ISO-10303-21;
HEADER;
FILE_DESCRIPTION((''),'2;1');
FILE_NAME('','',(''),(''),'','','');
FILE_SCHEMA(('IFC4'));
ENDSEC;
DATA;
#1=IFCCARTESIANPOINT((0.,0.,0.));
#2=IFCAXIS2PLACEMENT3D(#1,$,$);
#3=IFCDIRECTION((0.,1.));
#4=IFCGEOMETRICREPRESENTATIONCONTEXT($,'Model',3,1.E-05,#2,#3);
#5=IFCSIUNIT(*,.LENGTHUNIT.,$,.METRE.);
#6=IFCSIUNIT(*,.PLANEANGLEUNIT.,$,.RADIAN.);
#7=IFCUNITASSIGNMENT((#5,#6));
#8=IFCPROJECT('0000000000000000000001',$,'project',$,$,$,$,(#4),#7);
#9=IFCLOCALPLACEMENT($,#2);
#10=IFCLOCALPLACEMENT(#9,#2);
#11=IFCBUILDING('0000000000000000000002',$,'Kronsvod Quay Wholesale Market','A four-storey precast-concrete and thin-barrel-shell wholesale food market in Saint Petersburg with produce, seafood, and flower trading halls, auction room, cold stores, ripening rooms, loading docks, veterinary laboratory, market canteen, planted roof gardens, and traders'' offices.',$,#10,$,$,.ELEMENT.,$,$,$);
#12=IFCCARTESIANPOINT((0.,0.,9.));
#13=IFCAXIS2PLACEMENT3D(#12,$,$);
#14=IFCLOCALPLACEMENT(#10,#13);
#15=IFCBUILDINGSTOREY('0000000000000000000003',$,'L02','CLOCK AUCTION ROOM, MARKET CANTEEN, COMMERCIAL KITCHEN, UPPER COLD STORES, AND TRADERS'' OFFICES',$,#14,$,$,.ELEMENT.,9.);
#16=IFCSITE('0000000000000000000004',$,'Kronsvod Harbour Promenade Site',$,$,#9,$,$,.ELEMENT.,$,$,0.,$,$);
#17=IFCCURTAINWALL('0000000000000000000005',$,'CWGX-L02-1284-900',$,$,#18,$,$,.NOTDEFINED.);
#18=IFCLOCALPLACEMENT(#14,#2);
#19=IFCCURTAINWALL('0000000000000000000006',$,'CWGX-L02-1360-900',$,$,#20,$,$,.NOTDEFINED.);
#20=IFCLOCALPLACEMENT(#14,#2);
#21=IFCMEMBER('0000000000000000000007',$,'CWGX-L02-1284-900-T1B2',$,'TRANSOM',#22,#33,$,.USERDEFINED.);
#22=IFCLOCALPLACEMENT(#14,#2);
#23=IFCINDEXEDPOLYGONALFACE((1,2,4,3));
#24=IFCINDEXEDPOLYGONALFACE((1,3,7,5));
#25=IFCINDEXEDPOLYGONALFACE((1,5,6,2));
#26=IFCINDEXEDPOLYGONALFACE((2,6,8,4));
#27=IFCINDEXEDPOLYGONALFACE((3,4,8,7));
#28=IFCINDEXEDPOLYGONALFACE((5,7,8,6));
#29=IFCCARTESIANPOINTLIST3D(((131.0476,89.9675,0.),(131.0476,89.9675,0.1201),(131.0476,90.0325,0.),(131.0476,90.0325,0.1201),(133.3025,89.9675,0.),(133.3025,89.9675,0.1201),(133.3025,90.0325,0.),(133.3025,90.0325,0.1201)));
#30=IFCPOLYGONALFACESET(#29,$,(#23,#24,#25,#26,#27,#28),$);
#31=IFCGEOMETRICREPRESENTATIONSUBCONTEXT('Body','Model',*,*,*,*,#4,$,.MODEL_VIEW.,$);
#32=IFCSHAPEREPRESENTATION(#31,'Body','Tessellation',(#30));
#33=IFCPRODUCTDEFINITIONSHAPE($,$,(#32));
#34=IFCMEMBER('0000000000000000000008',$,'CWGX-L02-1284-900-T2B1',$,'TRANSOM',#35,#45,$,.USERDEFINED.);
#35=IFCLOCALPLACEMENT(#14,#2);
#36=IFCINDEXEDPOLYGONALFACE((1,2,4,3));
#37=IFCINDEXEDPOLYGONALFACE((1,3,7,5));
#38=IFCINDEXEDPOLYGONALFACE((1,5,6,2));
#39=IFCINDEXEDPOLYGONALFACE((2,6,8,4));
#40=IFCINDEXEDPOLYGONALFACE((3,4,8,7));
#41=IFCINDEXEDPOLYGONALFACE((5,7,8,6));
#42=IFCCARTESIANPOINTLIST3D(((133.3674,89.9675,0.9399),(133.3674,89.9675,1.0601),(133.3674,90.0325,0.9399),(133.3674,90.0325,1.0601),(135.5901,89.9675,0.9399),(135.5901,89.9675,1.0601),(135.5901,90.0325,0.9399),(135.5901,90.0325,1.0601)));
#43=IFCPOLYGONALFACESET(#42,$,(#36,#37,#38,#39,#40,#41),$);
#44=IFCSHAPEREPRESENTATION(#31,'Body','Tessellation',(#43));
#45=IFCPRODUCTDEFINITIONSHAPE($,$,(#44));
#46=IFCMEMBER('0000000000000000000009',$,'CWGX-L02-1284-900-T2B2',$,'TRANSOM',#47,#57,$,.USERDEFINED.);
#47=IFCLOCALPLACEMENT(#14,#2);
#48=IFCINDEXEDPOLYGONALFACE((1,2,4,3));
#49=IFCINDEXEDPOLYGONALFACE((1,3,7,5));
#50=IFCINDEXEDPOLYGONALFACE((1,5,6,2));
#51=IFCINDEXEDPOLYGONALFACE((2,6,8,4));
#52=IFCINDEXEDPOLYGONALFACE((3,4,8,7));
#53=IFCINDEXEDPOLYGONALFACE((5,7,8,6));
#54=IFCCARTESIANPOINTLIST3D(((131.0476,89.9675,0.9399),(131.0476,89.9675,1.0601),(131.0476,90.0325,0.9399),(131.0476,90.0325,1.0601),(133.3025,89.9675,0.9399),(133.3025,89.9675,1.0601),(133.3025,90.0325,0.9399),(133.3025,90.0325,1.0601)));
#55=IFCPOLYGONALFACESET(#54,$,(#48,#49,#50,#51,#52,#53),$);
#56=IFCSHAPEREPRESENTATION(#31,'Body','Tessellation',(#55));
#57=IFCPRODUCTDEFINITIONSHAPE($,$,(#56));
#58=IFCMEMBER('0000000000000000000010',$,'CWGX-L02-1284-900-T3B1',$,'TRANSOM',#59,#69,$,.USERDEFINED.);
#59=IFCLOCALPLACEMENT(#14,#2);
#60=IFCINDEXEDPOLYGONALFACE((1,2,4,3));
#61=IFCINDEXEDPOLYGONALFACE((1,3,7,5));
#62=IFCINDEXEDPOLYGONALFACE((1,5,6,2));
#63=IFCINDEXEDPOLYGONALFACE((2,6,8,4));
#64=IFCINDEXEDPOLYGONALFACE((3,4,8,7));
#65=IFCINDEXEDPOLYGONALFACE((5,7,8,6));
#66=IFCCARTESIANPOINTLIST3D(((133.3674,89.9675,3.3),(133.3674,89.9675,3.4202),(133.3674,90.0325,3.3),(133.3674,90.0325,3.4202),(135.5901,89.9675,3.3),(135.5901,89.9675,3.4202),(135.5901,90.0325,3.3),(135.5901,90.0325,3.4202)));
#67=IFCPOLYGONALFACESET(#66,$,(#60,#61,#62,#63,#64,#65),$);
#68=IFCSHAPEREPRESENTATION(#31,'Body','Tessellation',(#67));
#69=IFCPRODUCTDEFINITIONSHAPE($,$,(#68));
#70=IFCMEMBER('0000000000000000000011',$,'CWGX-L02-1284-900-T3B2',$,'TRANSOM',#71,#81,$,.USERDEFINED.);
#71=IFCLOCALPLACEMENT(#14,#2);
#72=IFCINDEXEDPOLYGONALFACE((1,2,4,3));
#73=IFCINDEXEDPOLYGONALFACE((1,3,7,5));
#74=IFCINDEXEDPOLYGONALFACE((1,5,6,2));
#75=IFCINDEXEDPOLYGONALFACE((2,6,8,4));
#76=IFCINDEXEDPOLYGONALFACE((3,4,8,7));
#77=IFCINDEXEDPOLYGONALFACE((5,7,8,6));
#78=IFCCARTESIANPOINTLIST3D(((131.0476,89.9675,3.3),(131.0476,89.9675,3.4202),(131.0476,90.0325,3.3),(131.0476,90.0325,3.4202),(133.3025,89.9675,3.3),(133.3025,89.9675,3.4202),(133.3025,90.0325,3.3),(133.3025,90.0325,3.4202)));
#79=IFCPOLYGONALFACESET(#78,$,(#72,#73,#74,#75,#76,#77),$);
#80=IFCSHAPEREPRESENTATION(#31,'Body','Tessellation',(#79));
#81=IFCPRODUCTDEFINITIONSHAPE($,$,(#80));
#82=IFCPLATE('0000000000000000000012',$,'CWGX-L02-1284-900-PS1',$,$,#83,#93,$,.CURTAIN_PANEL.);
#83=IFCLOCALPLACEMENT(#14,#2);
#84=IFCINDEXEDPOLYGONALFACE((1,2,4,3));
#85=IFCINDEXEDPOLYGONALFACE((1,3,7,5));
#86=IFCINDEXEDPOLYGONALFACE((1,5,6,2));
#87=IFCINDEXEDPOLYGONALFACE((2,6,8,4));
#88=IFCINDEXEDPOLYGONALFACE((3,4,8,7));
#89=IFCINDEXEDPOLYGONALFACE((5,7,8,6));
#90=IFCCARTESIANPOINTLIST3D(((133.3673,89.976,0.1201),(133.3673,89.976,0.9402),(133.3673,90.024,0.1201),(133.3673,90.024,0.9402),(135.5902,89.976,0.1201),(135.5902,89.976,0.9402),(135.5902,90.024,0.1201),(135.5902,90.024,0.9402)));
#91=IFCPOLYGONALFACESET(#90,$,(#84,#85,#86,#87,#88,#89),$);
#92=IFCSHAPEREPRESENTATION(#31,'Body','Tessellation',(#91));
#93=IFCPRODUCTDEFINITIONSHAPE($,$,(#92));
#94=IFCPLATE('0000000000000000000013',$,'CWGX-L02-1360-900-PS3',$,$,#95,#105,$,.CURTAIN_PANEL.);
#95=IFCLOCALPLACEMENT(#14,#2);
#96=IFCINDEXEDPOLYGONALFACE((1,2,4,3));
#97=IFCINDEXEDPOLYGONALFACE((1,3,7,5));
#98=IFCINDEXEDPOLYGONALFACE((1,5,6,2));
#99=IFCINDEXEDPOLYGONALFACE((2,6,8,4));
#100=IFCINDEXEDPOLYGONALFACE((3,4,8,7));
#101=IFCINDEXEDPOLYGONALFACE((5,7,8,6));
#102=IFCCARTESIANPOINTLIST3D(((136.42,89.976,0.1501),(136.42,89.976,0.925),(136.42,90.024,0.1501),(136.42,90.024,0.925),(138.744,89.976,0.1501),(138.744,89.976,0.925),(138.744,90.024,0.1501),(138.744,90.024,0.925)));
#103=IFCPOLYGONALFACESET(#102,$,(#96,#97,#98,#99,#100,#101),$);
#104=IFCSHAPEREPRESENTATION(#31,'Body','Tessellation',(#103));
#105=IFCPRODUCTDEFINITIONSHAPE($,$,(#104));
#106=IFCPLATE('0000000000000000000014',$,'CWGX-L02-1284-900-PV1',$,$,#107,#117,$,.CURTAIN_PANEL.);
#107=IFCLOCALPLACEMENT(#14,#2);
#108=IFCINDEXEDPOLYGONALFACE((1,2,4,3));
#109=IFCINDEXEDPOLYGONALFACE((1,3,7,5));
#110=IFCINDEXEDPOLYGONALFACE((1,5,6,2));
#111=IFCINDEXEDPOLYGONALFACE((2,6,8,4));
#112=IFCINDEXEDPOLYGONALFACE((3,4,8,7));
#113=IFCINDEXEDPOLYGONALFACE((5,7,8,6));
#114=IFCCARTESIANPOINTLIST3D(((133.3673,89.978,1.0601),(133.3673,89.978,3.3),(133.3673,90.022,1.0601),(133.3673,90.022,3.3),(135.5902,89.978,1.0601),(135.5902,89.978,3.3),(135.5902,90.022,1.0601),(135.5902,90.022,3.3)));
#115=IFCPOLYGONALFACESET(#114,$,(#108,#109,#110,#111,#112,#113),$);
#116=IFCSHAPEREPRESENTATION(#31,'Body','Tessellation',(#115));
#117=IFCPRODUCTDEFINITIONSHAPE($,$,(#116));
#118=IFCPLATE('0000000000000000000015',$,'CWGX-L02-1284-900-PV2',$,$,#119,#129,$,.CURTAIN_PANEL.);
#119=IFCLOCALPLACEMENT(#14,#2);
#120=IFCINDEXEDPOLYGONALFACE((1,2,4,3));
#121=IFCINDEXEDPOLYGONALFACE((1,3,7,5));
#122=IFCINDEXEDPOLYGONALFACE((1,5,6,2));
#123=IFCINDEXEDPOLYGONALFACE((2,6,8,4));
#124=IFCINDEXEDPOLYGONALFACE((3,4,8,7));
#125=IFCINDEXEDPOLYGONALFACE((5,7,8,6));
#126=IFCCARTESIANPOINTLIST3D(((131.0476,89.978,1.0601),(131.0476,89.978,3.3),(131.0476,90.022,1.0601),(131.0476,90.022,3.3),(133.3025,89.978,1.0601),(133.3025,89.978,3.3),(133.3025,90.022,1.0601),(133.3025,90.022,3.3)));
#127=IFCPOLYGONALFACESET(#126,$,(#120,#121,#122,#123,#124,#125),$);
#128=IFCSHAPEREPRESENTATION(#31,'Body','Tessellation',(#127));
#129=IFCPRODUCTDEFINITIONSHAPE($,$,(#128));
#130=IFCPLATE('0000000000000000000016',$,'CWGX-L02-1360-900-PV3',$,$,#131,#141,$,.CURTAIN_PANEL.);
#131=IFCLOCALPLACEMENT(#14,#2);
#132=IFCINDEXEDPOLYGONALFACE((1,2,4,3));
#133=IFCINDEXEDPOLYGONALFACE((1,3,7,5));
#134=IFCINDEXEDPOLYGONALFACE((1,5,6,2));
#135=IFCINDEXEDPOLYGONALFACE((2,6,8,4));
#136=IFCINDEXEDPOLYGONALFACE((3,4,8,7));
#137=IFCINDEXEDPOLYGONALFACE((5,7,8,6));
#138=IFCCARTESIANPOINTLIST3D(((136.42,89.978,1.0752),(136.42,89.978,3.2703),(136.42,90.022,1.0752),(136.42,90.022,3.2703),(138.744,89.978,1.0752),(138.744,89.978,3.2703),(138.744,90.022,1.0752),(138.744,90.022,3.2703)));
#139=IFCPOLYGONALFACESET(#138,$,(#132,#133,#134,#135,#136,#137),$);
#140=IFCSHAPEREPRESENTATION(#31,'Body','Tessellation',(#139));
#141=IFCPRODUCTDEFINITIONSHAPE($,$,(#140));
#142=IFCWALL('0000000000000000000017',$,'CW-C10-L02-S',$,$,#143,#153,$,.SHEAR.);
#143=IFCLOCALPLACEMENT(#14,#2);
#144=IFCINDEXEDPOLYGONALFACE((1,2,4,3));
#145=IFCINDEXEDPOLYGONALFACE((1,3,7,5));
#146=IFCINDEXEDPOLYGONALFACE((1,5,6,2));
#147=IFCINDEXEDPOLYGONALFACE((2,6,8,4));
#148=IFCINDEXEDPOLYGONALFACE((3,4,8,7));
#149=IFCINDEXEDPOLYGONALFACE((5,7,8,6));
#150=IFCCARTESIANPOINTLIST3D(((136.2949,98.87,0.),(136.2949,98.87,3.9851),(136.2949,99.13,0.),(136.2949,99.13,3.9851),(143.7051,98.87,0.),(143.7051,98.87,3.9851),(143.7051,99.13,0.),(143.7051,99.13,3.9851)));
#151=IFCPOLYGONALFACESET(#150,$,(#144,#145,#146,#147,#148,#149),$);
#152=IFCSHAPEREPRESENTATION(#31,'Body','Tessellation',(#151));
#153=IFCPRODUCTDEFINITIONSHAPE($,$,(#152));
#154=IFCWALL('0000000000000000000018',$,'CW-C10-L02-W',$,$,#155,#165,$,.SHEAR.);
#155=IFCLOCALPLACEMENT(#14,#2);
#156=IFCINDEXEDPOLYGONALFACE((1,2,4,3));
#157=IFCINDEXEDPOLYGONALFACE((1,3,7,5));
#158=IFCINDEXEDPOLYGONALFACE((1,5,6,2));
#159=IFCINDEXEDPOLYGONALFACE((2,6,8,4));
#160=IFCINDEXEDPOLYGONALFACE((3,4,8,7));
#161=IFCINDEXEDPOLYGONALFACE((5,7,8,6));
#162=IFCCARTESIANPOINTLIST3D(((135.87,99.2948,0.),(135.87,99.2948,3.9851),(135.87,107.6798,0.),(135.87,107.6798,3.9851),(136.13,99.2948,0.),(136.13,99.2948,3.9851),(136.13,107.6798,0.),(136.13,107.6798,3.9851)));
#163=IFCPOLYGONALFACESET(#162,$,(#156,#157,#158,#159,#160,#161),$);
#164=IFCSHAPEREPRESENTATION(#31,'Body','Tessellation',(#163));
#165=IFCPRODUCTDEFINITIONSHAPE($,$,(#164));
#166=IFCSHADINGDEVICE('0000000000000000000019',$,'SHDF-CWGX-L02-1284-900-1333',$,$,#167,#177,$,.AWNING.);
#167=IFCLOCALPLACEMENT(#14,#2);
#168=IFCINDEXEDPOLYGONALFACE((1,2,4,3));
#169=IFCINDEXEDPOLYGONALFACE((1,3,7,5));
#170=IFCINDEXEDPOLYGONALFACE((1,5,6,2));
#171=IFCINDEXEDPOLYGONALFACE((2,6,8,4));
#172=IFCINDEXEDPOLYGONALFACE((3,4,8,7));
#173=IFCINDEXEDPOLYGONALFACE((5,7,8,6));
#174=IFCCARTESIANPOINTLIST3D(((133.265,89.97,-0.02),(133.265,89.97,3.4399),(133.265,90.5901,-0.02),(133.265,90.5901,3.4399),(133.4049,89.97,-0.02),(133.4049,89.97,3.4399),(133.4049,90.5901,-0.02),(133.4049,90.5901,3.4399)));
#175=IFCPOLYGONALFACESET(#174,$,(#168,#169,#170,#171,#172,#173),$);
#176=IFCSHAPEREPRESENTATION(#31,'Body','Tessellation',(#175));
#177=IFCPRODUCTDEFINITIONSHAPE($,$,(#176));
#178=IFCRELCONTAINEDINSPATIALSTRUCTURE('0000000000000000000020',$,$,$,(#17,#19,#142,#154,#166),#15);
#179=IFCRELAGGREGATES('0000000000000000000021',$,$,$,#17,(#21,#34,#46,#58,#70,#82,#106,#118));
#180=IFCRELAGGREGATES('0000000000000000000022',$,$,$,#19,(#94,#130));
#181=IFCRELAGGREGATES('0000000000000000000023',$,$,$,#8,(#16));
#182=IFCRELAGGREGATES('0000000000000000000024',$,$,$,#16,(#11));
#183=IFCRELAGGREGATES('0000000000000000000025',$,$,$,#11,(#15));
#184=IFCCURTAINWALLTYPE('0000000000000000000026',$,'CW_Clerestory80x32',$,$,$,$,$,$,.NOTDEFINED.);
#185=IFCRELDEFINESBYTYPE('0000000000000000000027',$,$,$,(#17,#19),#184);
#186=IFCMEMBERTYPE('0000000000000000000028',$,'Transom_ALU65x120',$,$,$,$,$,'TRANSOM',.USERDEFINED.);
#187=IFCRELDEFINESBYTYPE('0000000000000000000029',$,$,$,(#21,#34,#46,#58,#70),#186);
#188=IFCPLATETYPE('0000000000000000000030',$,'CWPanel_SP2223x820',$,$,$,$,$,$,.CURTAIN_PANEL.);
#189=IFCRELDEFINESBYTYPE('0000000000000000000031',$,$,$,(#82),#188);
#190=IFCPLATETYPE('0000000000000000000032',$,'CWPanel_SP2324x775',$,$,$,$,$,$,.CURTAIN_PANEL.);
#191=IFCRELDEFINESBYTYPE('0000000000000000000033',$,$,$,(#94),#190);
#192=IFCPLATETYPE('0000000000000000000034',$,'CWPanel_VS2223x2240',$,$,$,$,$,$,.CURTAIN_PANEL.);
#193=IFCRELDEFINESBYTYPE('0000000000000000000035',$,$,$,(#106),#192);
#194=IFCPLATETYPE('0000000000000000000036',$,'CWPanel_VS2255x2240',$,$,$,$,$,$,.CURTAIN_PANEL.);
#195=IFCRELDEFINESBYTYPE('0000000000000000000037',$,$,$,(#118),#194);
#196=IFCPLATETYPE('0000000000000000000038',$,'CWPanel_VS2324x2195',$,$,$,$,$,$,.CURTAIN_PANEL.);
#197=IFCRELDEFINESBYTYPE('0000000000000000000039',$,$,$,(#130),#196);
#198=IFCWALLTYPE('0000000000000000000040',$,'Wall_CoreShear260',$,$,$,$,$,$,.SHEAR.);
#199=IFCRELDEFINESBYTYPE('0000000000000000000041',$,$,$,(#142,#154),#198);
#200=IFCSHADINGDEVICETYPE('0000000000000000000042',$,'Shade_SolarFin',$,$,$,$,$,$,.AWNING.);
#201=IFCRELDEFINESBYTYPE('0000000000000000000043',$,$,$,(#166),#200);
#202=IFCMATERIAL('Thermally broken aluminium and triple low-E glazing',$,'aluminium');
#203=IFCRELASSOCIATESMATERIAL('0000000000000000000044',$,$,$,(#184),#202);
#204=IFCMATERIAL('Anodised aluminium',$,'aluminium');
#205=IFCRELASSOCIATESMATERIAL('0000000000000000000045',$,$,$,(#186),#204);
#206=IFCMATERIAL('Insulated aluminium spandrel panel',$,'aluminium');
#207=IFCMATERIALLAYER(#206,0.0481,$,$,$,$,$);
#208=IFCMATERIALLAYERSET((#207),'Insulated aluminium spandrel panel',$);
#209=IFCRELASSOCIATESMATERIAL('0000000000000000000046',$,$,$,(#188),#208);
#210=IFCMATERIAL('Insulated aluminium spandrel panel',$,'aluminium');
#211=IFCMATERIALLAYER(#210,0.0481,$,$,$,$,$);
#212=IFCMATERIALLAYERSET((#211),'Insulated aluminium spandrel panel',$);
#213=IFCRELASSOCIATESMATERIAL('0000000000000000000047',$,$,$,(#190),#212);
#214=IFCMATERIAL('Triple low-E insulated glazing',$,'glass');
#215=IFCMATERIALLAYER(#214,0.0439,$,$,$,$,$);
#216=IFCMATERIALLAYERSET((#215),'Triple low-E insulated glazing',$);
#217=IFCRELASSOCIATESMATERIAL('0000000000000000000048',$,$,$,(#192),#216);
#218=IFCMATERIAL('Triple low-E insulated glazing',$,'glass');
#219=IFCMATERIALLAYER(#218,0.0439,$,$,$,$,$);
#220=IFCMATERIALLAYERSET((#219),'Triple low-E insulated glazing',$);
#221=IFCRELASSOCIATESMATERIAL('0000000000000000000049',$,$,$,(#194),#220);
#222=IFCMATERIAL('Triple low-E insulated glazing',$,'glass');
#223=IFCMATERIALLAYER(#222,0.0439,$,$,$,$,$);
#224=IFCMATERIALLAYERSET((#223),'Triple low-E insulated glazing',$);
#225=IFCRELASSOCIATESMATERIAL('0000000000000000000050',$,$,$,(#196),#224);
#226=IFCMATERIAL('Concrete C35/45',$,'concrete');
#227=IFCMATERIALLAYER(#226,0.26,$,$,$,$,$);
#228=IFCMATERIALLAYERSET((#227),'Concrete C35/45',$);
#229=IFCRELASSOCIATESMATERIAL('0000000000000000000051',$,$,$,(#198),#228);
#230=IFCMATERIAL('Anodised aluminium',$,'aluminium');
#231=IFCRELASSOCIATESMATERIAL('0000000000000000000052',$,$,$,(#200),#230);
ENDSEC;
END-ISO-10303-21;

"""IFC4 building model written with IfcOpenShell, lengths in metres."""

from ifc_helpers import new_model, si_unit, direction, frame, frame_2d, origin, origin_2d, place, context, subcontext, project, spatial, rectangle, extrude, material, layer, layer_set, material_profile, profile_set, type_object, element, aggregate, save


model = new_model("IFC4")

# Units and contexts
model_context = context("Model", 3, precision=1e-05, world=origin(), true_north=direction((0.0, 1.0)))
body_context = subcontext(model_context, "Body", "Model", "MODEL_VIEW")
ifc_project = project(units=[si_unit("LENGTHUNIT", "METRE"), si_unit("PLANEANGLEUNIT", "RADIAN")], contexts=[model_context])

# Site, building, storey
site_placement = place(None, origin())
site = spatial("IfcSite", under=ifc_project, at=site_placement, Name="Kronsvod Harbour Promenade Site", CompositionType="ELEMENT", RefElevation=0.0)
building_placement = place(site_placement, origin())
building = spatial("IfcBuilding", under=site, at=building_placement, Name="Kronsvod Quay Wholesale Market", Description="A four-storey precast-concrete and thin-barrel-shell wholesale food market in Saint Petersburg with produce, seafood, and flower trading halls, auction room, cold stores, ripening rooms, loading docks, veterinary laboratory, market canteen, planted roof gardens, and traders' offices.", CompositionType="ELEMENT")
storey_placement = place(building_placement, frame((0.0, 0.0, 9.0)))
storey = spatial("IfcBuildingStorey", under=building, at=storey_placement, Name="L02", Description="CLOCK AUCTION ROOM, MARKET CANTEEN, COMMERCIAL KITCHEN, UPPER COLD STORES, AND TRADERS' OFFICES", CompositionType="ELEMENT", Elevation=9.0)

# Curtain wall
ifc_material_1 = material(Name="Thermally broken aluminium and triple low-E glazing", Category="aluminium")
curtain_wall_type = type_object("IfcCurtainWallType", Name="CW_Clerestory80x32", PredefinedType="NOTDEFINED", material=ifc_material_1)
curtain_wall_1_placement = place(storey_placement, origin())
curtain_wall_1 = element("IfcCurtainWall", 1, at=curtain_wall_1_placement, inside=storey, type_object=curtain_wall_type, Name="CWGX-L02-1284-900", PredefinedType="NOTDEFINED")

# Curtain wall
curtain_wall_2_placement = place(storey_placement, origin())
curtain_wall_2 = element("IfcCurtainWall", 2, at=curtain_wall_2_placement, inside=storey, type_object=curtain_wall_type, Name="CWGX-L02-1360-900", PredefinedType="NOTDEFINED")

# Members
ifc_material_2 = material(Name="Anodised aluminium", Category="aluminium")
ifc_material_profile_1 = material_profile(ifc_material_2, rectangle(XDim=0.0649, YDim=0.1201, at=origin_2d()), Name="ALUT65x120")
ifc_profile_set_1 = profile_set([ifc_material_profile_1], Name="Anodised aluminium")
member_type_1 = type_object("IfcMemberType", Name="Transom_ALU65x120", ElementType="TRANSOM", PredefinedType="USERDEFINED", material=ifc_profile_set_1)
member_1_placement = place(storey_placement, frame((133.3025, 90.0, 0.0601), z_axis=(-1.0, 0.0, 0.0), x_axis=(0.0, -1.0, 0.0)))
member_1 = element("IfcMember", 3, at=member_1_placement, type_object=member_type_1, Name="CWGX-L02-1284-900-T1B2", ObjectType="TRANSOM", PredefinedType="USERDEFINED", context=body_context, shape_type="SweptSolid", body=[
    extrude(rectangle(XDim=0.0649, YDim=0.1201, at=origin_2d()), origin(), (0.0, 0.0, 1.0), 2.2549),
])
member_2_placement = place(storey_placement, frame((135.5901, 90.0, 1.0), z_axis=(-1.0, 0.0, 0.0), x_axis=(0.0, -1.0, 0.0)))
member_2 = element("IfcMember", 4, at=member_2_placement, type_object=member_type_1, Name="CWGX-L02-1284-900-T2B1", ObjectType="TRANSOM", PredefinedType="USERDEFINED", context=body_context, shape_type="SweptSolid", body=[
    extrude(rectangle(XDim=0.0649, YDim=0.1201, at=origin_2d()), origin(), (0.0, 0.0, 1.0), 2.2227),
])
member_3_placement = place(storey_placement, frame((133.3025, 90.0, 1.0), z_axis=(-1.0, 0.0, 0.0), x_axis=(0.0, -1.0, 0.0)))
member_3 = element("IfcMember", 5, at=member_3_placement, type_object=member_type_1, Name="CWGX-L02-1284-900-T2B2", ObjectType="TRANSOM", PredefinedType="USERDEFINED", context=body_context, shape_type="SweptSolid", body=[
    extrude(rectangle(XDim=0.0649, YDim=0.1201, at=origin_2d()), origin(), (0.0, 0.0, 1.0), 2.2549),
])
member_4_placement = place(storey_placement, frame((135.5901, 90.0, 3.3601), z_axis=(-1.0, 0.0, 0.0), x_axis=(0.0, -1.0, 0.0)))
member_4 = element("IfcMember", 6, at=member_4_placement, type_object=member_type_1, Name="CWGX-L02-1284-900-T3B1", ObjectType="TRANSOM", PredefinedType="USERDEFINED", context=body_context, shape_type="SweptSolid", body=[
    extrude(rectangle(XDim=0.0649, YDim=0.1201, at=origin_2d()), origin(), (0.0, 0.0, 1.0), 2.2227),
])
member_5_placement = place(storey_placement, frame((133.3025, 90.0, 3.3601), z_axis=(-1.0, 0.0, 0.0), x_axis=(0.0, -1.0, 0.0)))
member_5 = element("IfcMember", 7, at=member_5_placement, type_object=member_type_1, Name="CWGX-L02-1284-900-T3B2", ObjectType="TRANSOM", PredefinedType="USERDEFINED", context=body_context, shape_type="SweptSolid", body=[
    extrude(rectangle(XDim=0.0649, YDim=0.1201, at=origin_2d()), origin(), (0.0, 0.0, 1.0), 2.2549),
])

# Plates
ifc_material_3 = material(Name="Insulated aluminium spandrel panel", Category="aluminium")
ifc_layer_1 = layer(ifc_material_3, 0.0481)
ifc_layer_set_1 = layer_set([ifc_layer_1], Name="Insulated aluminium spandrel panel")
plate_type_1 = type_object("IfcPlateType", Name="CWPanel_SP2223x820", PredefinedType="CURTAIN_PANEL", material=ifc_layer_set_1)
plate_1_placement = place(storey_placement, frame((134.4788, 90.0, 0.1201), z_axis=(0.0, 0.0, 1.0), x_axis=(-1.0, 0.0, 0.0)))
plate_1 = element("IfcPlate", 8, at=plate_1_placement, type_object=plate_type_1, Name="CWGX-L02-1284-900-PS1", PredefinedType="CURTAIN_PANEL", context=body_context, shape_type="SweptSolid", body=[
    extrude(rectangle(XDim=2.2229, YDim=0.0481, at=origin_2d()), origin(), (0.0, 0.0, 1.0), 0.8201),
])
ifc_material_4 = material(Name="Insulated aluminium spandrel panel", Category="aluminium")
ifc_layer_2 = layer(ifc_material_4, 0.0481)
ifc_layer_set_2 = layer_set([ifc_layer_2], Name="Insulated aluminium spandrel panel")
plate_type_2 = type_object("IfcPlateType", Name="CWPanel_SP2324x775", PredefinedType="CURTAIN_PANEL", material=ifc_layer_set_2)
plate_2_placement = place(storey_placement, frame((137.582, 90.0, 0.1501), z_axis=(0.0, 0.0, 1.0), x_axis=(-1.0, 0.0, 0.0)))
plate_2 = element("IfcPlate", 9, at=plate_2_placement, type_object=plate_type_2, Name="CWGX-L02-1360-900-PS3", PredefinedType="CURTAIN_PANEL", context=body_context, shape_type="SweptSolid", body=[
    extrude(rectangle(XDim=2.324, YDim=0.0481, at=origin_2d()), origin(), (0.0, 0.0, 1.0), 0.7749),
])
ifc_material_5 = material(Name="Triple low-E insulated glazing", Category="glass")
ifc_layer_3 = layer(ifc_material_5, 0.0439)
ifc_layer_set_3 = layer_set([ifc_layer_3], Name="Triple low-E insulated glazing")
plate_type_3 = type_object("IfcPlateType", Name="CWPanel_VS2223x2240", PredefinedType="CURTAIN_PANEL", material=ifc_layer_set_3)
plate_3_placement = place(storey_placement, frame((134.4788, 90.0, 1.0601), z_axis=(0.0, 0.0, 1.0), x_axis=(-1.0, 0.0, 0.0)))
plate_3 = element("IfcPlate", 10, at=plate_3_placement, type_object=plate_type_3, Name="CWGX-L02-1284-900-PV1", PredefinedType="CURTAIN_PANEL", context=body_context, shape_type="SweptSolid", body=[
    extrude(rectangle(XDim=2.2229, YDim=0.0439, at=origin_2d()), origin(), (0.0, 0.0, 1.0), 2.24),
])
ifc_material_6 = material(Name="Triple low-E insulated glazing", Category="glass")
ifc_layer_4 = layer(ifc_material_6, 0.0439)
ifc_layer_set_4 = layer_set([ifc_layer_4], Name="Triple low-E insulated glazing")
plate_type_4 = type_object("IfcPlateType", Name="CWPanel_VS2255x2240", PredefinedType="CURTAIN_PANEL", material=ifc_layer_set_4)
plate_4_placement = place(storey_placement, frame((132.175, 90.0, 1.0601), z_axis=(0.0, 0.0, 1.0), x_axis=(-1.0, 0.0, 0.0)))
plate_4 = element("IfcPlate", 11, at=plate_4_placement, type_object=plate_type_4, Name="CWGX-L02-1284-900-PV2", PredefinedType="CURTAIN_PANEL", context=body_context, shape_type="SweptSolid", body=[
    extrude(rectangle(XDim=2.2549, YDim=0.0439, at=origin_2d()), origin(), (0.0, 0.0, 1.0), 2.24),
])
aggregate(curtain_wall_1, [member_1, member_2, member_3, member_4, member_5, plate_1, plate_3, plate_4])
ifc_material_7 = material(Name="Triple low-E insulated glazing", Category="glass")
ifc_layer_5 = layer(ifc_material_7, 0.0439)
ifc_layer_set_5 = layer_set([ifc_layer_5], Name="Triple low-E insulated glazing")
plate_type_5 = type_object("IfcPlateType", Name="CWPanel_VS2324x2195", PredefinedType="CURTAIN_PANEL", material=ifc_layer_set_5)
plate_5_placement = place(storey_placement, frame((137.582, 90.0, 1.0752), z_axis=(0.0, 0.0, 1.0), x_axis=(-1.0, 0.0, 0.0)))
plate_5 = element("IfcPlate", 12, at=plate_5_placement, type_object=plate_type_5, Name="CWGX-L02-1360-900-PV3", PredefinedType="CURTAIN_PANEL", context=body_context, shape_type="SweptSolid", body=[
    extrude(rectangle(XDim=2.324, YDim=0.0439, at=origin_2d()), origin(), (0.0, 0.0, 1.0), 2.1951),
])
aggregate(curtain_wall_2, [plate_2, plate_5])

# Walls
ifc_material_8 = material(Name="Concrete C35/45", Category="concrete")
ifc_layer_6 = layer(ifc_material_8, 0.26)
ifc_layer_set_6 = layer_set([ifc_layer_6], Name="Concrete C35/45")
wall_type = type_object("IfcWallType", Name="Wall_CoreShear260", PredefinedType="SHEAR", material=ifc_layer_set_6)
wall_1_placement = place(storey_placement, frame((136.2949, 99.0, 0.0), z_axis=(0.0, 0.0, 1.0), x_axis=(1.0, 0.0, 0.0)))
element("IfcWall", 13, at=wall_1_placement, inside=storey, type_object=wall_type, Name="CW-C10-L02-S", PredefinedType="SHEAR", context=body_context, shape_type="SweptSolid", body=[
    extrude(rectangle(XDim=7.4102, YDim=0.26, at=frame_2d((3.7051, 0.0))), origin(), (0.0, 0.0, 1.0), 3.9851),
])
wall_2_placement = place(storey_placement, frame((136.0, 99.2949, 0.0), z_axis=(0.0, 0.0, 1.0), x_axis=(0.0, 1.0, 0.0)))
element("IfcWall", 14, at=wall_2_placement, inside=storey, type_object=wall_type, Name="CW-C10-L02-W", PredefinedType="SHEAR", context=body_context, shape_type="SweptSolid", body=[
    extrude(rectangle(XDim=8.385, YDim=0.26, at=frame_2d((4.1924, 0.0))), origin(), (0.0, 0.0, 1.0), 3.9851),
])

# Shading device
ifc_material_9 = material(Name="Anodised aluminium", Category="aluminium")
shading_device_type = type_object("IfcShadingDeviceType", Name="Shade_SolarFin", PredefinedType="AWNING", material=ifc_material_9)
shading_device_placement = place(storey_placement, frame((133.335, 90.28, -0.02), z_axis=(0.0, 0.0, 1.0), x_axis=(1.0, 0.0, 0.0)))
element("IfcShadingDevice", 15, at=shading_device_placement, inside=storey, type_object=shading_device_type, Name="SHDF-CWGX-L02-1284-900-1333", PredefinedType="AWNING", context=body_context, shape_type="SweptSolid", body=[
    extrude(rectangle(XDim=0.1399, YDim=0.6201, at=origin_2d()), origin(), (0.0, 0.0, 1.0), 3.46),
])

save(model, "model.ifc")
